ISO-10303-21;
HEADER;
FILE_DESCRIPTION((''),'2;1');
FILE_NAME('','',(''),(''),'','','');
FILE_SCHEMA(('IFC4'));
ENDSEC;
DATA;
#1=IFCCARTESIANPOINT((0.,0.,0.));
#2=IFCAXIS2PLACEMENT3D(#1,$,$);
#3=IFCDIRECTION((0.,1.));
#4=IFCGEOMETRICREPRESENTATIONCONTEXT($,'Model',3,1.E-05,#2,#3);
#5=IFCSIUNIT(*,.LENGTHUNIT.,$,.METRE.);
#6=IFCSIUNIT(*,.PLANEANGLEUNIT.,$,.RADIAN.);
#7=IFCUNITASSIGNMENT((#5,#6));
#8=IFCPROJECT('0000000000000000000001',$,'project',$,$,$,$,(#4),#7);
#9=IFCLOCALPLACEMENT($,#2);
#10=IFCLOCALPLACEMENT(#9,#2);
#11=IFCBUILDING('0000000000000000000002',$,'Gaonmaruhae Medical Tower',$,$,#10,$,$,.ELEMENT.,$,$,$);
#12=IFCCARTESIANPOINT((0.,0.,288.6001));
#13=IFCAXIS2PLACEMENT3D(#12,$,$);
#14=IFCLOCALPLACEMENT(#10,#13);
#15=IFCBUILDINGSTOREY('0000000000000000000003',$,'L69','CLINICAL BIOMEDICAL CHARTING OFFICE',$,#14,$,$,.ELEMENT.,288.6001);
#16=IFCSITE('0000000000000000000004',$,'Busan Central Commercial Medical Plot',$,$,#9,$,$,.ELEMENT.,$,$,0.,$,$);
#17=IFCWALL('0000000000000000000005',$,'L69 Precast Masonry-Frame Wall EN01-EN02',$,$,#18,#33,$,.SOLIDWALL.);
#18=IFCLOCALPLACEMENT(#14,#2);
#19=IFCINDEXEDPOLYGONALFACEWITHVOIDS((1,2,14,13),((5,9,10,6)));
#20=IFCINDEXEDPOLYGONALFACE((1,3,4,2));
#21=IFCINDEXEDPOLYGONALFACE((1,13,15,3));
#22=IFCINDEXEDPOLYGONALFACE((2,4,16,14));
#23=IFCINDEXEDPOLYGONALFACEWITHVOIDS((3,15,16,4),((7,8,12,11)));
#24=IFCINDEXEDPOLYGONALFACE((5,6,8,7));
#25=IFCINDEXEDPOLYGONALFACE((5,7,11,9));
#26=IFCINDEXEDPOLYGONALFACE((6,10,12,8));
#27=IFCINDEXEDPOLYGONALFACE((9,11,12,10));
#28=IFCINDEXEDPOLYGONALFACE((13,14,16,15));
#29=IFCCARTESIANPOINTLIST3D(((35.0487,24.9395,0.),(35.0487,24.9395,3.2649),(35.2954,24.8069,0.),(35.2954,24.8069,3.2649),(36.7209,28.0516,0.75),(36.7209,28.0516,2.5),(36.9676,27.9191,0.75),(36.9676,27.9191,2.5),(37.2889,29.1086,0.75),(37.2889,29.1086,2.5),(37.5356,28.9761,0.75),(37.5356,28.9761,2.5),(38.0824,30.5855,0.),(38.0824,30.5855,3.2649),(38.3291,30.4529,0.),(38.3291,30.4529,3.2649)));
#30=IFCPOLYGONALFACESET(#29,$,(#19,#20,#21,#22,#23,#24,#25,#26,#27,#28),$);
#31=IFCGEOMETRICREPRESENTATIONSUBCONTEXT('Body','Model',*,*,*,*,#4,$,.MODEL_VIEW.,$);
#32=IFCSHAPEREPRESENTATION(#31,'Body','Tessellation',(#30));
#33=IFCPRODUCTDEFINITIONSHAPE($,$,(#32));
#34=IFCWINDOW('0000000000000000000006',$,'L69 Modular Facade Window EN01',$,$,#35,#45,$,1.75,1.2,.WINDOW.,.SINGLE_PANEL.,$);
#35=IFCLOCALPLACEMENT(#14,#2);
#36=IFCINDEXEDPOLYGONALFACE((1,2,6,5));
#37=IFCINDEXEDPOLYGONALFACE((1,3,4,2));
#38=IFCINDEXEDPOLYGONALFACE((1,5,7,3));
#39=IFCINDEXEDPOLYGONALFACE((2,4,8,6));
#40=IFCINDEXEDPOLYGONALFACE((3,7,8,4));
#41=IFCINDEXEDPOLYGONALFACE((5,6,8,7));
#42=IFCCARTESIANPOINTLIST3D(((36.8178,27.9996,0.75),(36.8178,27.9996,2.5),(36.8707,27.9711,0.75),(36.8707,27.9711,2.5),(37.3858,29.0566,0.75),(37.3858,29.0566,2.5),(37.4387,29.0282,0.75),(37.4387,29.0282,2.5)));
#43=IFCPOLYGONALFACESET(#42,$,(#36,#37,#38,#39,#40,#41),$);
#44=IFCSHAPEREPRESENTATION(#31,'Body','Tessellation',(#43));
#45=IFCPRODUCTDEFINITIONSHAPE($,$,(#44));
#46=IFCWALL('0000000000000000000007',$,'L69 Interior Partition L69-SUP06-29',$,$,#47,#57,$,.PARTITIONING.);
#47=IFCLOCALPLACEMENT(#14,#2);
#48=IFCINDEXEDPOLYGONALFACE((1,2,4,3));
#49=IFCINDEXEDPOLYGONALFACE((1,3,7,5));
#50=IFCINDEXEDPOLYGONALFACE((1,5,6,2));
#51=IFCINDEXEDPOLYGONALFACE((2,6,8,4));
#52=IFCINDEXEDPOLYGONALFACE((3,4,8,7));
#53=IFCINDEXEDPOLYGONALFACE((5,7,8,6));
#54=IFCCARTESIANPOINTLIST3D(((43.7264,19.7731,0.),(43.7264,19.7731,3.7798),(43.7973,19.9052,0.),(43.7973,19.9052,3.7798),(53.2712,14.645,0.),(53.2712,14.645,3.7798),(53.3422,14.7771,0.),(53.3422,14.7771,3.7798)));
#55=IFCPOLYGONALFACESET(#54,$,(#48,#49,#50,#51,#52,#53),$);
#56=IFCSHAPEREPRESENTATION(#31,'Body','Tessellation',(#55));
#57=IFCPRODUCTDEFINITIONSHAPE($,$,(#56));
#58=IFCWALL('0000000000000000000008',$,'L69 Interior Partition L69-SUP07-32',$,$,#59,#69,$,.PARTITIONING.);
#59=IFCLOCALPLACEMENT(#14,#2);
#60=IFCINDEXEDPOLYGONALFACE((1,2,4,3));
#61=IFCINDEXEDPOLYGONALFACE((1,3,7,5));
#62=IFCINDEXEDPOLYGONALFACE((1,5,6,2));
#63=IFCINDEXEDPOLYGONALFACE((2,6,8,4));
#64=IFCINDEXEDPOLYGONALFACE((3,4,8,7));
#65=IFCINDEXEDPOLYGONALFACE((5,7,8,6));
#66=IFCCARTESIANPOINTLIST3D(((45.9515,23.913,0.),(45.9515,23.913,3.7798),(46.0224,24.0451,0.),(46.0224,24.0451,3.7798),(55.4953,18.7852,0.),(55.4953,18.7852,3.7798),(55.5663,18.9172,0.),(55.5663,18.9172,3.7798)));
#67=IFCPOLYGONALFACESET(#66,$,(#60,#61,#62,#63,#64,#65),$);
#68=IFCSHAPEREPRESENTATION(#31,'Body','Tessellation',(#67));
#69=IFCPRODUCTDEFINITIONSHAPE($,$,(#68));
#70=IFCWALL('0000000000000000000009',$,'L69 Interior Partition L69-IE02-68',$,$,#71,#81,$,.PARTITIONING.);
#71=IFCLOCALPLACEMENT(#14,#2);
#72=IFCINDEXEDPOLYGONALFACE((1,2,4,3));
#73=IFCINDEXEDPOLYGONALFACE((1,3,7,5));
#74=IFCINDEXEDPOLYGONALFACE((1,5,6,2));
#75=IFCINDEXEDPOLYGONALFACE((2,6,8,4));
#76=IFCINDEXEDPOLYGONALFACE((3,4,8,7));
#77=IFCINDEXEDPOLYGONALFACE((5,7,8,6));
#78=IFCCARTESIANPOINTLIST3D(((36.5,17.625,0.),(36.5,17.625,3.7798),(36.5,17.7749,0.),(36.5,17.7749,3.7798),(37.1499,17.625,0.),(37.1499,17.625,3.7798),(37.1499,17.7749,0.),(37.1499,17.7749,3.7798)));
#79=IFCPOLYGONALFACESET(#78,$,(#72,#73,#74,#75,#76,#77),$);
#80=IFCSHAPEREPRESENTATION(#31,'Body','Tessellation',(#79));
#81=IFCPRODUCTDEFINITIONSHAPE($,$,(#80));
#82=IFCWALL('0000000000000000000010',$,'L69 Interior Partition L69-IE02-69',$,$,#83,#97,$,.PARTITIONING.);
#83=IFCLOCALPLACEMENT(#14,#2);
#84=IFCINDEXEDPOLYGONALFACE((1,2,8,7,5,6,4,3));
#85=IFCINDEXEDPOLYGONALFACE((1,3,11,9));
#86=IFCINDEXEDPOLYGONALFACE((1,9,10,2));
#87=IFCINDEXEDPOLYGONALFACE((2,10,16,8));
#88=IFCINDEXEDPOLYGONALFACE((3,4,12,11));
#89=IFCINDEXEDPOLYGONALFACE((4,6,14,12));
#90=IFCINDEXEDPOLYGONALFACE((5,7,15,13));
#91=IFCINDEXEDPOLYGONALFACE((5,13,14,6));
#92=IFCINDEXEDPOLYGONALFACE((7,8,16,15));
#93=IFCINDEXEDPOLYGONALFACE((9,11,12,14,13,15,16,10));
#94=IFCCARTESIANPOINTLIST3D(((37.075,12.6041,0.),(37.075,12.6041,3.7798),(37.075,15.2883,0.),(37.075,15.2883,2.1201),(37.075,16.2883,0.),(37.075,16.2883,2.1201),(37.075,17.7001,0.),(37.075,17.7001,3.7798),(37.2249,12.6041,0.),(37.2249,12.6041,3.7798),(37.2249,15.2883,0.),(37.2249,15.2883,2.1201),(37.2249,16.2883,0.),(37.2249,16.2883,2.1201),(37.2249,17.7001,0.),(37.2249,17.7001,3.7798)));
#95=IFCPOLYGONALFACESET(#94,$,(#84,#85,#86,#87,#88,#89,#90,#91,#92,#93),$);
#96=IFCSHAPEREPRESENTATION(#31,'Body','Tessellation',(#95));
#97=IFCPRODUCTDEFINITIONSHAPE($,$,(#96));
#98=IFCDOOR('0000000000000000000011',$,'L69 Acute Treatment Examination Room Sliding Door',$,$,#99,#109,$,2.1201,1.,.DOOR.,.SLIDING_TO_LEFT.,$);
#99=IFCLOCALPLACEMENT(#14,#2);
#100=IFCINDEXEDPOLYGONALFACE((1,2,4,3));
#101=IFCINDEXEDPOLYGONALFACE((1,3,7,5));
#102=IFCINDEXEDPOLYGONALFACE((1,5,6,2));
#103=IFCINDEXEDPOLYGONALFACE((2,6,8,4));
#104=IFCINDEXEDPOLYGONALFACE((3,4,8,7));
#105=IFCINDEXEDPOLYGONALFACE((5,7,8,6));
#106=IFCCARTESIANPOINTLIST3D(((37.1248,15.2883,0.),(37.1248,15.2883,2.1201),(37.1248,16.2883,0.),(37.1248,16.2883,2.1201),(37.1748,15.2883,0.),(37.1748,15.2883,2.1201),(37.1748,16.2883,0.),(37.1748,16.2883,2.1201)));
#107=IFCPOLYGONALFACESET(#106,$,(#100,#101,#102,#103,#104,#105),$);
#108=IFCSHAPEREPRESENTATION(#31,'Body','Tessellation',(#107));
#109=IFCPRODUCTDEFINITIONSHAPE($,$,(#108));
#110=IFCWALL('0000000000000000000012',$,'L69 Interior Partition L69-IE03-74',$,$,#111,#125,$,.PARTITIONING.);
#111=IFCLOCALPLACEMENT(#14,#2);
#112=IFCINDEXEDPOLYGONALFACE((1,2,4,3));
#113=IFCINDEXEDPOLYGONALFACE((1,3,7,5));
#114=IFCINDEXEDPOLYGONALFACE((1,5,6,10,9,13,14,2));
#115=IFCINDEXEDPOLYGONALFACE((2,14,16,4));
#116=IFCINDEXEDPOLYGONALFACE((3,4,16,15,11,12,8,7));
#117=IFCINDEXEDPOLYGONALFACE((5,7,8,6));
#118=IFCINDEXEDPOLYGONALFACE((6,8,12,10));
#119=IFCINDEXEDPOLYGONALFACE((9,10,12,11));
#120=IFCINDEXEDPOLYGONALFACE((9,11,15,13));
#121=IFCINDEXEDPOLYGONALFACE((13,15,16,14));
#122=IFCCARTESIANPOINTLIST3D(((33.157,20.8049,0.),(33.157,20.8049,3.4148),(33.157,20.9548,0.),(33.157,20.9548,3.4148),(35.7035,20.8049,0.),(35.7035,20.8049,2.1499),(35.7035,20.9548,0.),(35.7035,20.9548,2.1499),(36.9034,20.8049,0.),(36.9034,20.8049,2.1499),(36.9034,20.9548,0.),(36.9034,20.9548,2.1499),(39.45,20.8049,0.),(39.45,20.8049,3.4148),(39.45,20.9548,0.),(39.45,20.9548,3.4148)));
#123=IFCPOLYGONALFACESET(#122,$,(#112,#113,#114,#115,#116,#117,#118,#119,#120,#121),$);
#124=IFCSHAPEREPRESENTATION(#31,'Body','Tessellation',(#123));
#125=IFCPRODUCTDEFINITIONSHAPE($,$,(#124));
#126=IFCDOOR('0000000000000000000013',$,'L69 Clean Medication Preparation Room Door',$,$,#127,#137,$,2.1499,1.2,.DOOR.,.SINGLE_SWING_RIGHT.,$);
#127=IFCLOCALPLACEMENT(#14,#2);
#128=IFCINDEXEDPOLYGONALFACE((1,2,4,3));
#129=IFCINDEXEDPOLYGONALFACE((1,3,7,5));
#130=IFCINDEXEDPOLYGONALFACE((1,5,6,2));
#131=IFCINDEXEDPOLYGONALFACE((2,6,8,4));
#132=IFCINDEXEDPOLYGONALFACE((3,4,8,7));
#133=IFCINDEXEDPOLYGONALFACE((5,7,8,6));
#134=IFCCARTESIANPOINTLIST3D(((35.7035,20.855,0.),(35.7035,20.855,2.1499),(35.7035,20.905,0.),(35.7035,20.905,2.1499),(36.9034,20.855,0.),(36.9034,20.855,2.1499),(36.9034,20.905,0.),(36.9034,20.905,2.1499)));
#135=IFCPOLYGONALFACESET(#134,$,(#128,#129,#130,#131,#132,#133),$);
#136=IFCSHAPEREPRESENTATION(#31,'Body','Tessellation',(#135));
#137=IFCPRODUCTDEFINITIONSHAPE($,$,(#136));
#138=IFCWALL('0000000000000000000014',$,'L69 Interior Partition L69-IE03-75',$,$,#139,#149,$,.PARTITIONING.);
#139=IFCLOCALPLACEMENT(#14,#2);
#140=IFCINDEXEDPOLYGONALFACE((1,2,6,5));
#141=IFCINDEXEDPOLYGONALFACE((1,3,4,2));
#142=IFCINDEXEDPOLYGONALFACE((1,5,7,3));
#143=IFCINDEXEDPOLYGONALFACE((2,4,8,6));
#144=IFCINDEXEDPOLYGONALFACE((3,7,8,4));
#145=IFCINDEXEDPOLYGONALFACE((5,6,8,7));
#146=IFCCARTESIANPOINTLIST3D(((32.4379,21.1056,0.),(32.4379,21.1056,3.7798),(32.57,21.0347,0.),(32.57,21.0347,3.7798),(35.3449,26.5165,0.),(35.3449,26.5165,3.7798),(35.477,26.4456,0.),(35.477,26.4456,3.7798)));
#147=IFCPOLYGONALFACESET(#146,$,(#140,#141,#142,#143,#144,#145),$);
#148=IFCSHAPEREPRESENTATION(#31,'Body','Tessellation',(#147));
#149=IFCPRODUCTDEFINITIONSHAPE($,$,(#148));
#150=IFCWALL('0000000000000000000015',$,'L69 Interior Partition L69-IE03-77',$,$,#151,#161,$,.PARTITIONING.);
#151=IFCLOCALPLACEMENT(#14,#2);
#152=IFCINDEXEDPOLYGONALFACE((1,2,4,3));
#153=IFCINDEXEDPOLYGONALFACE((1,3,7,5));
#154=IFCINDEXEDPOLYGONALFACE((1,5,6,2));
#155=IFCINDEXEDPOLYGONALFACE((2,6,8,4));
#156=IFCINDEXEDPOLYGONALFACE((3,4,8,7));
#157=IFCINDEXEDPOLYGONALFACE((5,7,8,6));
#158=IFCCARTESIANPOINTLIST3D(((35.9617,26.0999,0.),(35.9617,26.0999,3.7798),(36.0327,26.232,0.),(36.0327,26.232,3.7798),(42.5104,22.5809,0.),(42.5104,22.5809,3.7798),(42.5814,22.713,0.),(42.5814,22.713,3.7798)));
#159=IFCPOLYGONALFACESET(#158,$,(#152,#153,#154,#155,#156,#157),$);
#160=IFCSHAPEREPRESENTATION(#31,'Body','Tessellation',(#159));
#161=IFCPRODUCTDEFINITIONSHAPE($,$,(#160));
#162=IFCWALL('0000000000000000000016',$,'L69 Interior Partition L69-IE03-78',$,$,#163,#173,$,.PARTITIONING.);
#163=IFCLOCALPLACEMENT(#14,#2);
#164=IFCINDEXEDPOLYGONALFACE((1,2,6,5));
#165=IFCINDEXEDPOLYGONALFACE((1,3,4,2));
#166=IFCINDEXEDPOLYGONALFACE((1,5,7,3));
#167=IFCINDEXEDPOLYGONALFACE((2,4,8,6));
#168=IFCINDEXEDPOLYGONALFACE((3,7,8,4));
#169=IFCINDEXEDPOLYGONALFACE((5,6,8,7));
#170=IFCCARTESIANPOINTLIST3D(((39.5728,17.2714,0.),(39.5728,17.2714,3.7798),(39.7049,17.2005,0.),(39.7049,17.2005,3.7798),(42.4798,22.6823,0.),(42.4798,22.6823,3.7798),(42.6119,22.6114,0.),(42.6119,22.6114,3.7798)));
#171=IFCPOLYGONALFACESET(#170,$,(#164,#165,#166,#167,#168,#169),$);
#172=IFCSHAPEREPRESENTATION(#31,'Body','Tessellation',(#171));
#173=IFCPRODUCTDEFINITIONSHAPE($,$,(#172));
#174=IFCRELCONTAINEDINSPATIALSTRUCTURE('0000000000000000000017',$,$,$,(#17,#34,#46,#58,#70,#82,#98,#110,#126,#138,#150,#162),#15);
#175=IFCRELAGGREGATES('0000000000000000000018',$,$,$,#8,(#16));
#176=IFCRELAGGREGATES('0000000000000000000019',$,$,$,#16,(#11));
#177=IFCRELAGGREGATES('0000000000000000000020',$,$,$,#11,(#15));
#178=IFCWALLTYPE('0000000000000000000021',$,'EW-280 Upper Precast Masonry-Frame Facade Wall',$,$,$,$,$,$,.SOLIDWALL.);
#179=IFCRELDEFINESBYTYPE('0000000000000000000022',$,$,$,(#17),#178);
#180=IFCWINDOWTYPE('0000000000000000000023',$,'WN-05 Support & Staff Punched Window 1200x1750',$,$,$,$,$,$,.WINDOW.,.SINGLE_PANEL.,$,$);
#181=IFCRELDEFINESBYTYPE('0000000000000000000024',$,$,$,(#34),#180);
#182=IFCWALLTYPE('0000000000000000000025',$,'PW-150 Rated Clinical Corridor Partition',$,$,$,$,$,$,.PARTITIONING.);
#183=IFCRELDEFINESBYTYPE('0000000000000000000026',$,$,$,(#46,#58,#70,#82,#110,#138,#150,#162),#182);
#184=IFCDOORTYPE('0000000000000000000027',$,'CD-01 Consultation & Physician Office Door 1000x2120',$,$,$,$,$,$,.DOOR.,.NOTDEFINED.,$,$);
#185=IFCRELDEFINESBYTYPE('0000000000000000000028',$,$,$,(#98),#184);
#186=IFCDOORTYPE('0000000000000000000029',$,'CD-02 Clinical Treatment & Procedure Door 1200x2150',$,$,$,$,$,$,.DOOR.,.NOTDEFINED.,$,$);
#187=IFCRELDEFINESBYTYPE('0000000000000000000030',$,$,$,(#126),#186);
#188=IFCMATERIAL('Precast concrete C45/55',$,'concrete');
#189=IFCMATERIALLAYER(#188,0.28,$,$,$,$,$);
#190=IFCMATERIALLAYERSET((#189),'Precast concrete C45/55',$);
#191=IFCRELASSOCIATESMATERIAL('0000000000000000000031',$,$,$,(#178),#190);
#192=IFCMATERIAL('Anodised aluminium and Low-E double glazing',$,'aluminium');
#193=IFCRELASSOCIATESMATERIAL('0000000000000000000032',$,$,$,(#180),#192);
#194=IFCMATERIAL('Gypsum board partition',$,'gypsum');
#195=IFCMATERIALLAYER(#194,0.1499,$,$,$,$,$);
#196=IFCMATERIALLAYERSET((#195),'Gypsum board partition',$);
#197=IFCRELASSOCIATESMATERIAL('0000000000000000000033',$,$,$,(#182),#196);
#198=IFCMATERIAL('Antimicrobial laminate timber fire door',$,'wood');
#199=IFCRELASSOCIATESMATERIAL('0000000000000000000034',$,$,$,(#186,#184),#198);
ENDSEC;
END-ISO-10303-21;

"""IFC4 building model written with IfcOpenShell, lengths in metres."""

from ifc_helpers import new_model, si_unit, direction, frame, frame_2d, origin, place, context, subcontext, project, spatial, rectangle, extrude, material, layer, layer_set, type_object, element, fill, save


model = new_model("IFC4")

# Units and contexts
model_context = context("Model", 3, precision=1e-05, world=origin(), true_north=direction((0.0, 1.0)))
body_context = subcontext(model_context, "Body", "Model", "MODEL_VIEW")
ifc_project = project(units=[si_unit("LENGTHUNIT", "METRE"), si_unit("PLANEANGLEUNIT", "RADIAN")], contexts=[model_context])

# Site, building, storey
site_placement = place(None, origin())
site = spatial("IfcSite", under=ifc_project, at=site_placement, Name="Busan Central Commercial Medical Plot", CompositionType="ELEMENT", RefElevation=0.0)
building_placement = place(site_placement, origin())
building = spatial("IfcBuilding", under=site, at=building_placement, Name="Gaonmaruhae Medical Tower", CompositionType="ELEMENT")
storey_placement = place(building_placement, frame((0.0, 0.0, 288.6001)))
storey = spatial("IfcBuildingStorey", under=building, at=storey_placement, Name="L69", Description="CLINICAL BIOMEDICAL CHARTING OFFICE", CompositionType="ELEMENT", Elevation=288.6001)

# Wall, opening, window
ifc_material_1 = material(Name="Precast concrete C45/55", Category="concrete")
ifc_layer_1 = layer(ifc_material_1, 0.28)
ifc_layer_set_1 = layer_set([ifc_layer_1], Name="Precast concrete C45/55")
wall_type_1 = type_object("IfcWallType", Name="EW-280 Upper Precast Masonry-Frame Facade Wall", PredefinedType="SOLIDWALL", material=ifc_layer_set_1)
wall_1_placement = place(storey_placement, frame((35.1721, 24.8733, 0.0), z_axis=(0.0, 0.0, 1.0), x_axis=(0.473318, 0.880892, 0.0)))
wall_1 = element("IfcWall", 1, at=wall_1_placement, inside=storey, type_object=wall_type_1, Name="L69 Precast Masonry-Frame Wall EN01-EN02", PredefinedType="SOLIDWALL", context=body_context, shape_type="SweptSolid", body=[
    extrude(rectangle(XDim=6.4094, YDim=0.28, at=frame_2d((3.2046, 0.0))), origin(), (0.0, 0.0, 1.0), 3.2649),
])
opening_1_placement = place(wall_1_placement, frame((3.5327, 0.0, 0.75)))
opening_1 = element("IfcOpeningElement", 2, at=opening_1_placement, cuts=wall_1, PredefinedType="OPENING", context=body_context, shape_type="SweptSolid", body=[
    extrude(rectangle(XDim=1.2, YDim=1.75, at=frame_2d((0.6001, 0.875))), frame((0.0, 0.1499, 0.0), z_axis=(0.0, -1.0, 0.0), x_axis=(1.0, 0.0, 0.0)), (0.0, 0.0, 1.0), 0.3),
])
ifc_material_2 = material(Name="Anodised aluminium and Low-E double glazing", Category="aluminium")
window_type = type_object("IfcWindowType", Name="WN-05 Support & Staff Punched Window 1200x1750", PartitioningType="SINGLE_PANEL", PredefinedType="WINDOW", material=ifc_material_2)
window_placement = place(opening_1_placement, origin())
window = element("IfcWindow", 3, at=window_placement, inside=storey, type_object=window_type, Name="L69 Modular Facade Window EN01", OverallHeight=1.75, OverallWidth=1.2, PartitioningType="SINGLE_PANEL", PredefinedType="WINDOW", context=body_context, shape_type="SweptSolid", body=[
    extrude(rectangle(XDim=1.2, YDim=1.75, at=frame_2d((0.6001, 0.875))), frame((0.0, 0.03, 0.0), z_axis=(0.0, -1.0, 0.0), x_axis=(1.0, 0.0, 0.0)), (0.0, 0.0, 1.0), 0.0601),
])
fill(opening_1, window)

# Wall
ifc_material_3 = material(Name="Gypsum board partition", Category="gypsum")
ifc_layer_2 = layer(ifc_material_3, 0.1499)
ifc_layer_set_2 = layer_set([ifc_layer_2], Name="Gypsum board partition")
wall_type_2 = type_object("IfcWallType", Name="PW-150 Rated Clinical Corridor Partition", PredefinedType="PARTITIONING", material=ifc_layer_set_2)
wall_2_placement = place(storey_placement, frame((43.762, 19.8391, 0.0), z_axis=(0.0, 0.0, 1.0), x_axis=(0.88091, -0.473284, 0.0)))
element("IfcWall", 4, at=wall_2_placement, inside=storey, type_object=wall_type_2, Name="L69 Interior Partition L69-SUP06-29", PredefinedType="PARTITIONING", context=body_context, shape_type="SweptSolid", body=[
    extrude(rectangle(XDim=10.8352, YDim=0.1499, at=frame_2d((5.4175, 0.0))), origin(), (0.0, 0.0, 1.0), 3.7798),
])

# Shared definitions
ifc_material_4 = material(Name="Antimicrobial laminate timber fire door", Category="wood")
door_type_1 = type_object("IfcDoorType", Name="CD-02 Clinical Treatment & Procedure Door 1200x2150", OperationType="NOTDEFINED", PredefinedType="DOOR", material=ifc_material_4)

# Walls
wall_3_placement = place(storey_placement, frame((45.9871, 23.979, 0.0), z_axis=(0.0, 0.0, 1.0), x_axis=(0.880899, -0.473304, 0.0)))
element("IfcWall", 5, at=wall_3_placement, inside=storey, type_object=wall_type_2, Name="L69 Interior Partition L69-SUP07-32", PredefinedType="PARTITIONING", context=body_context, shape_type="SweptSolid", body=[
    extrude(rectangle(XDim=10.8342, YDim=0.1499, at=frame_2d((5.417, 0.0))), origin(), (0.0, 0.0, 1.0), 3.7798),
])
wall_4_placement = place(storey_placement, frame((36.5, 17.7, 0.0), z_axis=(0.0, 0.0, 1.0), x_axis=(1.0, 0.0, 0.0)))
element("IfcWall", 6, at=wall_4_placement, inside=storey, type_object=wall_type_2, Name="L69 Interior Partition L69-IE02-68", PredefinedType="PARTITIONING", context=body_context, shape_type="SweptSolid", body=[
    extrude(rectangle(XDim=0.6499, YDim=0.1499, at=frame_2d((0.325, 0.0))), origin(), (0.0, 0.0, 1.0), 3.7798),
])

# Walls, openings, doors
wall_5_placement = place(storey_placement, frame((37.1499, 17.7, 0.0), z_axis=(0.0, 0.0, 1.0), x_axis=(0.0, -1.0, 0.0)))
wall_5 = element("IfcWall", 7, at=wall_5_placement, inside=storey, type_object=wall_type_2, Name="L69 Interior Partition L69-IE02-69", PredefinedType="PARTITIONING", context=body_context, shape_type="SweptSolid", body=[
    extrude(rectangle(XDim=5.0959, YDim=0.1499, at=frame_2d((2.5479, 0.0))), origin(), (0.0, 0.0, 1.0), 3.7798),
])
opening_2_placement = place(wall_5_placement, frame((1.4116, 0.0, 0.0)))
opening_2 = element("IfcOpeningElement", 8, at=opening_2_placement, cuts=wall_5, PredefinedType="OPENING", context=body_context, shape_type="SweptSolid", body=[
    extrude(rectangle(XDim=1.0, YDim=2.1201, at=frame_2d((0.5, 1.0601))), frame((0.0, 0.085, 0.0), z_axis=(0.0, -1.0, 0.0), x_axis=(1.0, 0.0, 0.0)), (0.0, 0.0, 1.0), 0.1699),
])
door_type_2 = type_object("IfcDoorType", Name="CD-01 Consultation & Physician Office Door 1000x2120", OperationType="NOTDEFINED", PredefinedType="DOOR", material=ifc_material_4)
door_1_placement = place(opening_2_placement, origin())
door_1 = element("IfcDoor", 9, at=door_1_placement, inside=storey, type_object=door_type_2, Name="L69 Acute Treatment Examination Room Sliding Door", OperationType="SLIDING_TO_LEFT", OverallHeight=2.1201, OverallWidth=1.0, PredefinedType="DOOR", context=body_context, shape_type="SweptSolid", body=[
    extrude(rectangle(XDim=1.0, YDim=2.1201, at=frame_2d((0.5, 1.0601))), frame((0.0, 0.0249, 0.0), z_axis=(0.0, -1.0, 0.0), x_axis=(1.0, 0.0, 0.0)), (0.0, 0.0, 1.0), 0.05),
])
fill(opening_2, door_1)
wall_6_placement = place(storey_placement, frame((39.45, 20.8799, 0.0), z_axis=(0.0, 0.0, 1.0), x_axis=(-1.0, 0.0, 0.0)))
wall_6 = element("IfcWall", 10, at=wall_6_placement, inside=storey, type_object=wall_type_2, Name="L69 Interior Partition L69-IE03-74", PredefinedType="PARTITIONING", context=body_context, shape_type="SweptSolid", body=[
    extrude(rectangle(XDim=6.293, YDim=0.1499, at=frame_2d((3.1465, 0.0))), origin(), (0.0, 0.0, 1.0), 3.4148),
])
opening_3_placement = place(wall_6_placement, frame((2.5464, 0.0, 0.0)))
opening_3 = element("IfcOpeningElement", 11, at=opening_3_placement, cuts=wall_6, PredefinedType="OPENING", context=body_context, shape_type="SweptSolid", body=[
    extrude(rectangle(XDim=1.2, YDim=2.1499, at=frame_2d((0.6001, 1.075))), frame((0.0, 0.085, 0.0), z_axis=(0.0, -1.0, 0.0), x_axis=(1.0, 0.0, 0.0)), (0.0, 0.0, 1.0), 0.1699),
])
door_2_placement = place(opening_3_placement, origin())
door_2 = element("IfcDoor", 12, at=door_2_placement, inside=storey, type_object=door_type_1, Name="L69 Clean Medication Preparation Room Door", OperationType="SINGLE_SWING_RIGHT", OverallHeight=2.1499, OverallWidth=1.2, PredefinedType="DOOR", context=body_context, shape_type="SweptSolid", body=[
    extrude(rectangle(XDim=1.2, YDim=2.1499, at=frame_2d((0.6001, 1.075))), frame((0.0, 0.0249, 0.0), z_axis=(0.0, -1.0, 0.0), x_axis=(1.0, 0.0, 0.0)), (0.0, 0.0, 1.0), 0.05),
])
fill(opening_3, door_2)

# Walls
wall_7_placement = place(storey_placement, frame((32.5039, 21.0701, 0.0), z_axis=(0.0, 0.0, 1.0), x_axis=(0.47327, 0.880917, 0.0)))
element("IfcWall", 13, at=wall_7_placement, inside=storey, type_object=wall_type_2, Name="L69 Interior Partition L69-IE03-75", PredefinedType="PARTITIONING", context=body_context, shape_type="SweptSolid", body=[
    extrude(rectangle(XDim=6.1423, YDim=0.1499, at=frame_2d((3.0713, 0.0))), origin(), (0.0, 0.0, 1.0), 3.7798),
])
wall_8_placement = place(storey_placement, frame((35.9971, 26.166, 0.0), z_axis=(0.0, 0.0, 1.0), x_axis=(0.880878, -0.473344, 0.0)))
element("IfcWall", 14, at=wall_8_placement, inside=storey, type_object=wall_type_2, Name="L69 Interior Partition L69-IE03-77", PredefinedType="PARTITIONING", context=body_context, shape_type="SweptSolid", body=[
    extrude(rectangle(XDim=7.4343, YDim=0.1499, at=frame_2d((3.7173, 0.0))), origin(), (0.0, 0.0, 1.0), 3.7798),
])
wall_9_placement = place(storey_placement, frame((42.5459, 22.647, 0.0), z_axis=(0.0, 0.0, 1.0), x_axis=(-0.47327, -0.880917, 0.0)))
element("IfcWall", 15, at=wall_9_placement, inside=storey, type_object=wall_type_2, Name="L69 Interior Partition L69-IE03-78", PredefinedType="PARTITIONING", context=body_context, shape_type="SweptSolid", body=[
    extrude(rectangle(XDim=6.1423, YDim=0.1499, at=frame_2d((3.0713, 0.0))), origin(), (0.0, 0.0, 1.0), 3.7798),
])

save(model, "model.ifc")
